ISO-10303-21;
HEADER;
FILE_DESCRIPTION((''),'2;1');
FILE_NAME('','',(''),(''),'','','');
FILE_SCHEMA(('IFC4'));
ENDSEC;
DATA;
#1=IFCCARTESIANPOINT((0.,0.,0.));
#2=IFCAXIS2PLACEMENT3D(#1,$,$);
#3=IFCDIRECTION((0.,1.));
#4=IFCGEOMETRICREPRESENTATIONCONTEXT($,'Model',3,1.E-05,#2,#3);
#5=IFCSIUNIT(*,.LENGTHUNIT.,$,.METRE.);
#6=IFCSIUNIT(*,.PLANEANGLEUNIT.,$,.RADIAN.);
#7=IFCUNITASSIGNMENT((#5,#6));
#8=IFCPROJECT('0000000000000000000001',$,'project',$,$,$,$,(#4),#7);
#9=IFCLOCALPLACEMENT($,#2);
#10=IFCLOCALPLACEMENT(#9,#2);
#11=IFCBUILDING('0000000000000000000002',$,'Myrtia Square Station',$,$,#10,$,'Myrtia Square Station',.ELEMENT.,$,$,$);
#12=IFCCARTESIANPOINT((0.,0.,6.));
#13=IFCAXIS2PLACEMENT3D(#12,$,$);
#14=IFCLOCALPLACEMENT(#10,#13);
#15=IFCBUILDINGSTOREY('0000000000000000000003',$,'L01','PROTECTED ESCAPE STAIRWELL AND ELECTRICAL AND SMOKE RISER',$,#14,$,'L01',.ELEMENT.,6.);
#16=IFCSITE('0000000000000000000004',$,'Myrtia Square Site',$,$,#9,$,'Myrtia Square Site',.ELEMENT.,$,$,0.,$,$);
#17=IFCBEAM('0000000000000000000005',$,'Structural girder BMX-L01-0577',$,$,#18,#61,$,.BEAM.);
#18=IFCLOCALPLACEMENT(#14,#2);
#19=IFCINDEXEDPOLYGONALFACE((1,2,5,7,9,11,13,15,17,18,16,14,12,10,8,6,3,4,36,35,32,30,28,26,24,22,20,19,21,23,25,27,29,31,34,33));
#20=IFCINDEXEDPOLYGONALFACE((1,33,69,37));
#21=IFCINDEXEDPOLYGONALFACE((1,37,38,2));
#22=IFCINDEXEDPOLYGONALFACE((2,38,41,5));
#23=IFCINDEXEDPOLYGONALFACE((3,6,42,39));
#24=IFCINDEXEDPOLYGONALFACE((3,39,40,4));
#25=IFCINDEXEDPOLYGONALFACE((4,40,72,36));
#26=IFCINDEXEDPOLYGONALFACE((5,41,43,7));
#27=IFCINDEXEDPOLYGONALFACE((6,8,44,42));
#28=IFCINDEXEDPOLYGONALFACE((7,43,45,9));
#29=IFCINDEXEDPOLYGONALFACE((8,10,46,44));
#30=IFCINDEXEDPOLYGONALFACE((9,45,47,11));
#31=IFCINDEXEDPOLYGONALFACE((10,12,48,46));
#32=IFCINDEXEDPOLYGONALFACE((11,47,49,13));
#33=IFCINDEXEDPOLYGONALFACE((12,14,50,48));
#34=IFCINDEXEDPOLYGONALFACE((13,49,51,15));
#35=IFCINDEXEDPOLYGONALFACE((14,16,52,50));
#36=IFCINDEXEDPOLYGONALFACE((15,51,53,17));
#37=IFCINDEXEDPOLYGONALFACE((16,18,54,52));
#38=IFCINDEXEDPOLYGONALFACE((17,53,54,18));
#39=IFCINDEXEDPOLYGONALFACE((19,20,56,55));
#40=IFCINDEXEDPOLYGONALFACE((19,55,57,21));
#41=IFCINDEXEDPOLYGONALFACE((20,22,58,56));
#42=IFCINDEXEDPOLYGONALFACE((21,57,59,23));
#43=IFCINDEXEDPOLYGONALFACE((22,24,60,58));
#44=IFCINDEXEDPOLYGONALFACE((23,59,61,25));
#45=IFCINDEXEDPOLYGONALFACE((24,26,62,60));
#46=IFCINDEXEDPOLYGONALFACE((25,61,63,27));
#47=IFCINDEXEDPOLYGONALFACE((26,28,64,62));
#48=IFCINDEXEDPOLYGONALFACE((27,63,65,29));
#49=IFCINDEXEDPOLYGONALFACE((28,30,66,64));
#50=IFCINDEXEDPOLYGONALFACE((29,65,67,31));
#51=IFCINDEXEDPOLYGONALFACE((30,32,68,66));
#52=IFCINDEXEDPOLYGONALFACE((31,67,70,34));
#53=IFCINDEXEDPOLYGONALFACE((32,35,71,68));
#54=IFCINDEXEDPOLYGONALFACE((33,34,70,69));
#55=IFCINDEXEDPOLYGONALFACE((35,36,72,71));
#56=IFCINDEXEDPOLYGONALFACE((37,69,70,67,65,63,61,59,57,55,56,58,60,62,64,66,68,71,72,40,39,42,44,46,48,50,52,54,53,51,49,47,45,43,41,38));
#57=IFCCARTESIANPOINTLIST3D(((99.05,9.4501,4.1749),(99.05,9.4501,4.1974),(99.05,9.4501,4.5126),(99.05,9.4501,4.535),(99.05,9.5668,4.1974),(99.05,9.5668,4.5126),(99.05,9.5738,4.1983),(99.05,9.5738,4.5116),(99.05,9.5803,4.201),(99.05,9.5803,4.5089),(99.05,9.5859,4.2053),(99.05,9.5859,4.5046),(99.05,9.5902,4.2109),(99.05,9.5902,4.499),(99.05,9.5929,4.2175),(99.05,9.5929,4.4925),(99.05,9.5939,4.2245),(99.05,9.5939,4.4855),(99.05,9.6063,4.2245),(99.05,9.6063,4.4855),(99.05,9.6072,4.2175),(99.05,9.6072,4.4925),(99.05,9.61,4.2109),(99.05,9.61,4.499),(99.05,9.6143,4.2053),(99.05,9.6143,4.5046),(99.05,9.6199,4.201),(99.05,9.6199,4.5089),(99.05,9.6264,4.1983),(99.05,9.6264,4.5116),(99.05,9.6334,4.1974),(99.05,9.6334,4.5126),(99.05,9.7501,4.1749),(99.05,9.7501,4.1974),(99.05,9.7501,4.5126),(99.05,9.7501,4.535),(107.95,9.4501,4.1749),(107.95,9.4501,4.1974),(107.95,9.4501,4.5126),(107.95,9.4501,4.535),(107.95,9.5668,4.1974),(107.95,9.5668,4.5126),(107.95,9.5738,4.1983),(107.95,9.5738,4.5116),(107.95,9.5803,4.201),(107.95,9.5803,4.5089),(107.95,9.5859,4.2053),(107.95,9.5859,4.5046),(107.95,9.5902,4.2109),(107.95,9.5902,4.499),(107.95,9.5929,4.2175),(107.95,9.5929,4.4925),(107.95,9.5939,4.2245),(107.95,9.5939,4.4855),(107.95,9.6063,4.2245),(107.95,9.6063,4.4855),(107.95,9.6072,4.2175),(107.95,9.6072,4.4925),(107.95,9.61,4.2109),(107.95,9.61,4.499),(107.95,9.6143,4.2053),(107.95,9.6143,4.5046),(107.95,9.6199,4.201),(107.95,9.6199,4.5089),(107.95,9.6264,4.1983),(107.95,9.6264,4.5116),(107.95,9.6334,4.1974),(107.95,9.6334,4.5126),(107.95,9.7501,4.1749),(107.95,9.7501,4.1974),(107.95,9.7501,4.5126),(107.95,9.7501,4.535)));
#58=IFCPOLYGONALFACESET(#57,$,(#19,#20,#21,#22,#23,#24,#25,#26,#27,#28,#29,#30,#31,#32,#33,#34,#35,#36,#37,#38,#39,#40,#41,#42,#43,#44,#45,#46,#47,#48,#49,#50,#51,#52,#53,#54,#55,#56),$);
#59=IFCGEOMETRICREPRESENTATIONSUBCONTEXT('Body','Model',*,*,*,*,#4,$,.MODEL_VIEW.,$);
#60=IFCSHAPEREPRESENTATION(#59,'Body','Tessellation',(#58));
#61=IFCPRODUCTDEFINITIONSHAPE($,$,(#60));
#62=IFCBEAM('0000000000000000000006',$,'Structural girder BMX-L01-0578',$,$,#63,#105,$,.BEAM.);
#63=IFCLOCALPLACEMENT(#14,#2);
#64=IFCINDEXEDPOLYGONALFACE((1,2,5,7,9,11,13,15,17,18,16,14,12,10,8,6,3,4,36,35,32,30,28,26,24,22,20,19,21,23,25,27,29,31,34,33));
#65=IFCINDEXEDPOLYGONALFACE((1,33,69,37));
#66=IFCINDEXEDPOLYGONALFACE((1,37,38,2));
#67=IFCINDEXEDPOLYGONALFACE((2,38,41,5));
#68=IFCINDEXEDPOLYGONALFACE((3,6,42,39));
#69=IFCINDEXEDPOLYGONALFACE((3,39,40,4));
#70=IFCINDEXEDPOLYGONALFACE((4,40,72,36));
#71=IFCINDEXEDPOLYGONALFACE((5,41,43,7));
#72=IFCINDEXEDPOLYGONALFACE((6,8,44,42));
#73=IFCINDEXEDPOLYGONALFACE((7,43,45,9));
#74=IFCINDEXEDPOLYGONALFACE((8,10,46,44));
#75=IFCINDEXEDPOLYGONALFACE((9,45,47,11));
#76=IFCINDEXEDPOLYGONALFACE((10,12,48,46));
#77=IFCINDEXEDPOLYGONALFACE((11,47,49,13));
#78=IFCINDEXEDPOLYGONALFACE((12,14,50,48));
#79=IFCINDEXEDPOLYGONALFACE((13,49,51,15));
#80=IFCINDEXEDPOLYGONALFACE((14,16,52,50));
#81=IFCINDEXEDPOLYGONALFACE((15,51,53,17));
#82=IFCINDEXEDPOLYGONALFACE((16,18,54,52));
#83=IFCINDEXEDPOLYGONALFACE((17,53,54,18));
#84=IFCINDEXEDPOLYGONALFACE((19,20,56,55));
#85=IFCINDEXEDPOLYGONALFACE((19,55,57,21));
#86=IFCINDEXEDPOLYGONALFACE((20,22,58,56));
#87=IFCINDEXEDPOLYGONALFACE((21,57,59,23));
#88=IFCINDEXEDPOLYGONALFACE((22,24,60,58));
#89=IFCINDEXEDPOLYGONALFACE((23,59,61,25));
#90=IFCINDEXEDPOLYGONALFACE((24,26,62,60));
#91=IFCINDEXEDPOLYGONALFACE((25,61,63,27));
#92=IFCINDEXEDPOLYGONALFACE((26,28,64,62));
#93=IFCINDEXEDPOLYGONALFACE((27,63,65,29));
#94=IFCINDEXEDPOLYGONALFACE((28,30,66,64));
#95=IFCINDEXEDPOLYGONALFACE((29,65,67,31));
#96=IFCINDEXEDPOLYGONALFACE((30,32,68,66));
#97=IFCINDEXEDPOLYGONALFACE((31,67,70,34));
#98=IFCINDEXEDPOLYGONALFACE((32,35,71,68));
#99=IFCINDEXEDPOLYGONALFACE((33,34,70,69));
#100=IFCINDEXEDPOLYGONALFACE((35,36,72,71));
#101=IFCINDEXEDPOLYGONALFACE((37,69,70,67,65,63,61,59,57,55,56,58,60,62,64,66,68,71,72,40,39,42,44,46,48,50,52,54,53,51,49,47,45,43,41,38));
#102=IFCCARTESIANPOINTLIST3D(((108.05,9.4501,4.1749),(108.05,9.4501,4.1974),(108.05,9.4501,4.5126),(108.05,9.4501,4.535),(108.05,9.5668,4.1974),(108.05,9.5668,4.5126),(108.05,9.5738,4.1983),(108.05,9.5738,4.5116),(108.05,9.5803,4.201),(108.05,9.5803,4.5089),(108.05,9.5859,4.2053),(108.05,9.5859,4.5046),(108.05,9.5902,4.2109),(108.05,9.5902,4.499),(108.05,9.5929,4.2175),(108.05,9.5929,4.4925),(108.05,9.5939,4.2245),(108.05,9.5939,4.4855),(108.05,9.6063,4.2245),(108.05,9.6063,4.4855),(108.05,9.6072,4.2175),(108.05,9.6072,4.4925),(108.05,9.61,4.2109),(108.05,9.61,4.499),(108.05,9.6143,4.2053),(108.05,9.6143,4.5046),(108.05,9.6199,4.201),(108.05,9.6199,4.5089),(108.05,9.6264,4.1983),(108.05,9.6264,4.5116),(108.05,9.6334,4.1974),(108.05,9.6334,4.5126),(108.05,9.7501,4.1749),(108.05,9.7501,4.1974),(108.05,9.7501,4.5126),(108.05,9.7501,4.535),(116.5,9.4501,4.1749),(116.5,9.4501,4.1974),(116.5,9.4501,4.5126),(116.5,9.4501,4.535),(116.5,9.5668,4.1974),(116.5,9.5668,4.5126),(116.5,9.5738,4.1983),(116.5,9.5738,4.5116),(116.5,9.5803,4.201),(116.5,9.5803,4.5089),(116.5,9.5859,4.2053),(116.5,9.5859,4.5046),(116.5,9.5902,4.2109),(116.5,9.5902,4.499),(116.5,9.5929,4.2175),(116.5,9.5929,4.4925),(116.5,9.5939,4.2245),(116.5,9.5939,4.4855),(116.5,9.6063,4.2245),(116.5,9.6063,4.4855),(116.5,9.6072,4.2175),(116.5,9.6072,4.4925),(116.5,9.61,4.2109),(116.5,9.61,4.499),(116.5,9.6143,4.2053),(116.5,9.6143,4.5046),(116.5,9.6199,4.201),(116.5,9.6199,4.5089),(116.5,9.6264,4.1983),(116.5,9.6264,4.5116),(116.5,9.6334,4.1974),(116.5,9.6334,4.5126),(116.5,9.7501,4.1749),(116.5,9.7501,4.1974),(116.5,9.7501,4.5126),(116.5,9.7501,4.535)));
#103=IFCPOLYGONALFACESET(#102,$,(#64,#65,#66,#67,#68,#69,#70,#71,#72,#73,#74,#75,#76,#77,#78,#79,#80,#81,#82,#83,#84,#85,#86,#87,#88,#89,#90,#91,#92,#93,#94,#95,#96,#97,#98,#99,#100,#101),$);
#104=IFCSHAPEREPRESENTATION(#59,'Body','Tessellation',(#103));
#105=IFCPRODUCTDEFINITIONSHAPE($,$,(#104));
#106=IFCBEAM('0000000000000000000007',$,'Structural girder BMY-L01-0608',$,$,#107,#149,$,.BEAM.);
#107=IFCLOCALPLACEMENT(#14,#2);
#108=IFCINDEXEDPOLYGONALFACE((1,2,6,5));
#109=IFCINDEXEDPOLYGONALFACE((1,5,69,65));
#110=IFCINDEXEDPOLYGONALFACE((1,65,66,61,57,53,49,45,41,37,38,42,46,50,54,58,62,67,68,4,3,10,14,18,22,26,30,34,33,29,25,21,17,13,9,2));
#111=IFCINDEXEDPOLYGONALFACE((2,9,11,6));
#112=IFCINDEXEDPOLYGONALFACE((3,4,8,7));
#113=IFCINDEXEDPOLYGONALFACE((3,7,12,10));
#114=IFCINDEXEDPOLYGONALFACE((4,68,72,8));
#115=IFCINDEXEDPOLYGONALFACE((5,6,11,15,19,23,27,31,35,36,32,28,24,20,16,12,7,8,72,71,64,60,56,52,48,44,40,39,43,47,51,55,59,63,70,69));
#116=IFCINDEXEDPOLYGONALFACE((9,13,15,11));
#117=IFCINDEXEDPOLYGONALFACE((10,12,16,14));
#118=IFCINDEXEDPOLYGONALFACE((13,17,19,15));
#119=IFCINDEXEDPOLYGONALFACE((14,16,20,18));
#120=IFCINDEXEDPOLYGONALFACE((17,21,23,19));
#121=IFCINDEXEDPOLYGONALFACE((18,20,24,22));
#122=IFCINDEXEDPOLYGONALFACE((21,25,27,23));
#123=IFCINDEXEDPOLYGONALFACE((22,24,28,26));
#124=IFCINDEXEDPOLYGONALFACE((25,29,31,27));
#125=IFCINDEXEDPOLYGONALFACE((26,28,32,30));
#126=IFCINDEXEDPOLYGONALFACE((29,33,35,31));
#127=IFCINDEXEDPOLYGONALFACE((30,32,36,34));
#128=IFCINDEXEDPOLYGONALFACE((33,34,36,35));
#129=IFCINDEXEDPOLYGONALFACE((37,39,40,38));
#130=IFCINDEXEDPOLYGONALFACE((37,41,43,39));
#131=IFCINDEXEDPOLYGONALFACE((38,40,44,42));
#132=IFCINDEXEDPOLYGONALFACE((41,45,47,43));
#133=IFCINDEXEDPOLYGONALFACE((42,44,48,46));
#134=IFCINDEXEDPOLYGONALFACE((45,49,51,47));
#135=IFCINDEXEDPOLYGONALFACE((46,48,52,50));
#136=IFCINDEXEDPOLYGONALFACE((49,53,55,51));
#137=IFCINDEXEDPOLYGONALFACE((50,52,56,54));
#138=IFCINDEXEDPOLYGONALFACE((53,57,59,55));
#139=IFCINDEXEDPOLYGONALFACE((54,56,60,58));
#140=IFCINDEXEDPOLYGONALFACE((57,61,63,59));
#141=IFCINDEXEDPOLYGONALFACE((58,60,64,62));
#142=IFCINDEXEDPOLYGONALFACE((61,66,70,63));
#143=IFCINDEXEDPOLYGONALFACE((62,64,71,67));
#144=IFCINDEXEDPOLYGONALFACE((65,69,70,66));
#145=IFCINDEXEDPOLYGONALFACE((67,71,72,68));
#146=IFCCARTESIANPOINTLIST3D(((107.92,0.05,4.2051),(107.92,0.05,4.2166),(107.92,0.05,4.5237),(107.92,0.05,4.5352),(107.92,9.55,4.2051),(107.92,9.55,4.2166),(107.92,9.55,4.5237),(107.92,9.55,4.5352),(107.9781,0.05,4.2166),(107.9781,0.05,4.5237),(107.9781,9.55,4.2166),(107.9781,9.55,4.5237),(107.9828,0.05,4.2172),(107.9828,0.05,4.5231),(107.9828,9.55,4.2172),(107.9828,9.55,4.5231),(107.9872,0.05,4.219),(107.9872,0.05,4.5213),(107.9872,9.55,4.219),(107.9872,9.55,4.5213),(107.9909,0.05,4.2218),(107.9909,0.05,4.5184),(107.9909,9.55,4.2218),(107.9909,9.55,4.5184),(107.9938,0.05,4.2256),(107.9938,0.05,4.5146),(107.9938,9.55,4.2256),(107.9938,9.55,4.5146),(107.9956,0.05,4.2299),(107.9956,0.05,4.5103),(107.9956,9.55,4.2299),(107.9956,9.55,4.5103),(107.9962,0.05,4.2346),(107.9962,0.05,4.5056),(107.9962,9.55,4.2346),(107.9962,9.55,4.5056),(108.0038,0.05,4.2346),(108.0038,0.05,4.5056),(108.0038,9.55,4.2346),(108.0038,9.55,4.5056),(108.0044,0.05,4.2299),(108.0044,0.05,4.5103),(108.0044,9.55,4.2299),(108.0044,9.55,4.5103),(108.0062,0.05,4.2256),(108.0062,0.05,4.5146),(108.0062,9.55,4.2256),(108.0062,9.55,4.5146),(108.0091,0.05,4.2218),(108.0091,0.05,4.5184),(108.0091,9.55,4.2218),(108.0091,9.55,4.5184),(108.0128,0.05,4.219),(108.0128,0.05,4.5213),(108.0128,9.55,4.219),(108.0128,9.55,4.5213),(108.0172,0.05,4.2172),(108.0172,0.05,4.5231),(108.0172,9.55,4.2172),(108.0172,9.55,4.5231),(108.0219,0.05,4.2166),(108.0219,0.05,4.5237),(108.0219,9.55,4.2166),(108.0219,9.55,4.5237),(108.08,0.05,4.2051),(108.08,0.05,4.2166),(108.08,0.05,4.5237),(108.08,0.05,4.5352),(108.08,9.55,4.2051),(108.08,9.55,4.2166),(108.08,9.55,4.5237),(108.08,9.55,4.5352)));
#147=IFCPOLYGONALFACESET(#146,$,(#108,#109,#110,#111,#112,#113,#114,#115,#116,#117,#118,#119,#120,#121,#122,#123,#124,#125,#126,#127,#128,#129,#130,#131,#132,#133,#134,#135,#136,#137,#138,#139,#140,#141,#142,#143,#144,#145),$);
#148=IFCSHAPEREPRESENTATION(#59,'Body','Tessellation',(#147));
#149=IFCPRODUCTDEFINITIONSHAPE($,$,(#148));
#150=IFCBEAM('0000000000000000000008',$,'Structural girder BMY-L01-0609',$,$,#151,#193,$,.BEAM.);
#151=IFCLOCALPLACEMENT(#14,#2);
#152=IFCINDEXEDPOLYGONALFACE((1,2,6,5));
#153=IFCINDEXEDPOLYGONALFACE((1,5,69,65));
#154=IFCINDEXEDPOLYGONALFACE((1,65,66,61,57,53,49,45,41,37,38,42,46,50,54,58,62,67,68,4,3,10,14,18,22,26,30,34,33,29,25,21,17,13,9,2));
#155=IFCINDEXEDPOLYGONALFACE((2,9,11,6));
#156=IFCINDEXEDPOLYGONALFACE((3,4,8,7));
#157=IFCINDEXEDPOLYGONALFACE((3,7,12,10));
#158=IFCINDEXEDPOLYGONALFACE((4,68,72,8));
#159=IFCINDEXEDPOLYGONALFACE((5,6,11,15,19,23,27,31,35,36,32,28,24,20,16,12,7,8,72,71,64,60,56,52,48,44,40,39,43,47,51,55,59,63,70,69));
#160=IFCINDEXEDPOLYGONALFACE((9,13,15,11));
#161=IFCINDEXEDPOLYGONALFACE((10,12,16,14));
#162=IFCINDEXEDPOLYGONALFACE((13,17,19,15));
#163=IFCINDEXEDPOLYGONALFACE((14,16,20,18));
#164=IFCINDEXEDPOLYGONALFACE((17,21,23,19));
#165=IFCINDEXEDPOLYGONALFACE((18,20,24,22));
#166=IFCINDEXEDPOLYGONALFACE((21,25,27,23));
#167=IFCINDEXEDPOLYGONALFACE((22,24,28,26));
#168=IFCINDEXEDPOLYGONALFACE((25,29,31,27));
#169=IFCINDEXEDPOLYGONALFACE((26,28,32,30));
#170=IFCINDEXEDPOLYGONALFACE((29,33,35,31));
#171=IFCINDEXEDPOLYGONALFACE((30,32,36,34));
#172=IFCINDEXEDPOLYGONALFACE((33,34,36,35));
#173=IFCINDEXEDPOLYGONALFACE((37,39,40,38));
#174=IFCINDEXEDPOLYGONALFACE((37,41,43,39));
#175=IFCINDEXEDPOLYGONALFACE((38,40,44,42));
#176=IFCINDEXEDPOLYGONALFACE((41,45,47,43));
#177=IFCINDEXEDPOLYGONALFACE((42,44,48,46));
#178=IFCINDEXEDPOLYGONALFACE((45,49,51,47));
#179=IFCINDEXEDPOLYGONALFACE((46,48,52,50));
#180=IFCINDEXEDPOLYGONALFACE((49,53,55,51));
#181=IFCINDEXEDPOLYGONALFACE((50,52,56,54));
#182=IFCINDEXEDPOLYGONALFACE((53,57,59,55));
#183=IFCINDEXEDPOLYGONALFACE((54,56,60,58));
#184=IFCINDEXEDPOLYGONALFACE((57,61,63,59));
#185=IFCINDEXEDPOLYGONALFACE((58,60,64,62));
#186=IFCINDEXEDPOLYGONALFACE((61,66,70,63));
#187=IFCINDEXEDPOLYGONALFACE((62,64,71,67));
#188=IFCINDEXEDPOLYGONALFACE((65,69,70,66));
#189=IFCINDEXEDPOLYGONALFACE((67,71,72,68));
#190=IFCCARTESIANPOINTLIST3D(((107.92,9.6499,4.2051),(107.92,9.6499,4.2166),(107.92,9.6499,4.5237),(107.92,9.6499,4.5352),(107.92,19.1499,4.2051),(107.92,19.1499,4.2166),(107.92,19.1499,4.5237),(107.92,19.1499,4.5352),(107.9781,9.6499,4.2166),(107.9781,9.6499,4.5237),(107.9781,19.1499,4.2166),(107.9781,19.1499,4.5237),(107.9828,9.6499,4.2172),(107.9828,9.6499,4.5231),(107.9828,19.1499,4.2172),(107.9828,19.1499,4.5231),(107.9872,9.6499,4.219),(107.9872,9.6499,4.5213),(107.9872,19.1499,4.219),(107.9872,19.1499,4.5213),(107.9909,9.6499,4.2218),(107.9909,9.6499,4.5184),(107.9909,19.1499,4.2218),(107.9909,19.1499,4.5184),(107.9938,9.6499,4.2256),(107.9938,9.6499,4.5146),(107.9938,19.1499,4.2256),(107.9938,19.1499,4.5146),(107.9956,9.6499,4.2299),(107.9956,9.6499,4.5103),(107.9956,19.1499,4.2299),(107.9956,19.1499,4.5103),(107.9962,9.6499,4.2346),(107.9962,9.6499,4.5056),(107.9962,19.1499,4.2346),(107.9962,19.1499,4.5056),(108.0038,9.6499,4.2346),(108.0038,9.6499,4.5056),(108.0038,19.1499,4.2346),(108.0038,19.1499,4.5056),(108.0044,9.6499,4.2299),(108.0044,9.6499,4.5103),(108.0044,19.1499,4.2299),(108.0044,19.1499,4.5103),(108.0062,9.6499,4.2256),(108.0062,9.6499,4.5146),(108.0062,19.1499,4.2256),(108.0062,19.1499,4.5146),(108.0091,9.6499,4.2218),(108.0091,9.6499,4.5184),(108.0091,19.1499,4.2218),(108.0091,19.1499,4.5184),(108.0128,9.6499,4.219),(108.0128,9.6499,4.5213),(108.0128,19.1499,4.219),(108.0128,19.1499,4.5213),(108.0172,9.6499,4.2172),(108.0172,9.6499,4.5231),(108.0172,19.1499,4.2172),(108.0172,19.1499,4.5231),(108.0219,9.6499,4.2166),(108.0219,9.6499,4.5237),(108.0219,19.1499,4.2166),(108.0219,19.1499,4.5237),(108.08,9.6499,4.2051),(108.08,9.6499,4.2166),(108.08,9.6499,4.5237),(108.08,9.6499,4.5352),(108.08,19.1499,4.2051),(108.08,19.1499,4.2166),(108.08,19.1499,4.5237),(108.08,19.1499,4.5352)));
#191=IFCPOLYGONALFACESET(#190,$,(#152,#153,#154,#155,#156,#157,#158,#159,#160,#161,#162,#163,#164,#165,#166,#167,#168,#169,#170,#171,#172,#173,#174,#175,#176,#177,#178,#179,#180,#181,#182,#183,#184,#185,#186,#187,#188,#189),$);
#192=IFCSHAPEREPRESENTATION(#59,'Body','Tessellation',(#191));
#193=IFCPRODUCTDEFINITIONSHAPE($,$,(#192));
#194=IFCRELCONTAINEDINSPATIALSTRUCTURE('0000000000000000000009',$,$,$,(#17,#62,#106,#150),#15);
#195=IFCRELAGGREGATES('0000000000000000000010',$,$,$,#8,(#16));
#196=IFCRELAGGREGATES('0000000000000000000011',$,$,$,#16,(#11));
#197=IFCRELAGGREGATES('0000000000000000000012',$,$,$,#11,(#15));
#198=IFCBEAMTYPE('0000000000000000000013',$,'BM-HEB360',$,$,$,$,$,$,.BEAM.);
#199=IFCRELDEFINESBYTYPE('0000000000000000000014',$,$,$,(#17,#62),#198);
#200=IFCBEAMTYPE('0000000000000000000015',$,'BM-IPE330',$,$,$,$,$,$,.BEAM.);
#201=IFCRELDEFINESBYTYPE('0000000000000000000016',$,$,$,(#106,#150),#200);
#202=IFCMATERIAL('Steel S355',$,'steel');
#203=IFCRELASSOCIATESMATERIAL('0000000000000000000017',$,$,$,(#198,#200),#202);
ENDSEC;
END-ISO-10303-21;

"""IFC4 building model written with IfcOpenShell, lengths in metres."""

from ifc_helpers import new_model, si_unit, direction, frame, origin, origin_2d, place, context, subcontext, project, spatial, i_section, extrude, material, material_profile, profile_set, type_object, element, save


model = new_model("IFC4")

# Units and contexts
model_context = context("Model", 3, precision=1e-05, world=origin(), true_north=direction((0.0, 1.0)))
body_context = subcontext(model_context, "Body", "Model", "MODEL_VIEW")
ifc_project = project(units=[si_unit("LENGTHUNIT", "METRE"), si_unit("PLANEANGLEUNIT", "RADIAN")], contexts=[model_context])

# Site, building, storey
site_placement = place(None, origin())
site = spatial("IfcSite", under=ifc_project, at=site_placement, Name="Myrtia Square Site", LongName="Myrtia Square Site", CompositionType="ELEMENT", RefElevation=0.0)
building_placement = place(site_placement, origin())
building = spatial("IfcBuilding", under=site, at=building_placement, Name="Myrtia Square Station", LongName="Myrtia Square Station", CompositionType="ELEMENT")
storey_placement = place(building_placement, frame((0.0, 0.0, 6.0)))
storey = spatial("IfcBuildingStorey", under=building, at=storey_placement, Name="L01", Description="PROTECTED ESCAPE STAIRWELL AND ELECTRICAL AND SMOKE RISER", LongName="L01", CompositionType="ELEMENT", Elevation=6.0)

# Shared definitions
ifc_material_1 = material(Name="Steel S355", Category="steel")

# Beams
ifc_material_profile_1 = material_profile(ifc_material_1, i_section(OverallWidth=0.3, OverallDepth=0.3601, WebThickness=0.0125, FlangeThickness=0.0225, FilletRadius=0.0271, at=origin_2d()), Name="HEB 360")
ifc_profile_set_1 = profile_set([ifc_material_profile_1], Name="Steel S355")
beam_type_1 = type_object("IfcBeamType", Name="BM-HEB360", PredefinedType="BEAM", material=ifc_profile_set_1)
beam_1_placement = place(storey_placement, frame((99.05, 9.6001, 4.355), z_axis=(1.0, 0.0, 0.0), x_axis=(0.0, 1.0, 0.0)))
element("IfcBeam", 1, at=beam_1_placement, inside=storey, type_object=beam_type_1, Name="Structural girder BMX-L01-0577", PredefinedType="BEAM", context=body_context, shape_type="SweptSolid", body=[
    extrude(i_section(OverallWidth=0.3, OverallDepth=0.3601, WebThickness=0.0125, FlangeThickness=0.0225, FilletRadius=0.0271, at=origin_2d()), origin(), (0.0, 0.0, 1.0), 8.8999),
])
beam_2_placement = place(storey_placement, frame((108.05, 9.6001, 4.355), z_axis=(1.0, 0.0, 0.0), x_axis=(0.0, 1.0, 0.0)))
element("IfcBeam", 2, at=beam_2_placement, inside=storey, type_object=beam_type_1, Name="Structural girder BMX-L01-0578", PredefinedType="BEAM", context=body_context, shape_type="SweptSolid", body=[
    extrude(i_section(OverallWidth=0.3, OverallDepth=0.3601, WebThickness=0.0125, FlangeThickness=0.0225, FilletRadius=0.0271, at=origin_2d()), origin(), (0.0, 0.0, 1.0), 8.45),
])
ifc_material_profile_2 = material_profile(ifc_material_1, i_section(OverallWidth=0.1599, OverallDepth=0.3301, WebThickness=0.0076, FlangeThickness=0.0115, FilletRadius=0.0181, at=origin_2d()), Name="IPE 330")
ifc_profile_set_2 = profile_set([ifc_material_profile_2], Name="Steel S355")
beam_type_2 = type_object("IfcBeamType", Name="BM-IPE330", PredefinedType="BEAM", material=ifc_profile_set_2)
for number, where, z_axis, x_axis, name in (
    (3, (108.0, 0.05, 4.3701), (0.0, 1.0, 0.0), (-1.0, 0.0, 0.0), "Structural girder BMY-L01-0608"),
    (4, (108.0, 9.6499, 4.3701), (0.0, 1.0, 0.0), (-1.0, 0.0, 0.0), "Structural girder BMY-L01-0609"),
):
    element("IfcBeam", number, at=place(storey_placement, frame(where, z_axis=z_axis, x_axis=x_axis)), inside=storey, type_object=beam_type_2, Name=name, PredefinedType="BEAM", context=body_context, shape_type="SweptSolid", body=[
        extrude(i_section(OverallWidth=0.1599, OverallDepth=0.3301, WebThickness=0.0076, FlangeThickness=0.0115, FilletRadius=0.0181, at=origin_2d()), origin(), (0.0, 0.0, 1.0), 9.5),
    ])

save(model, "model.ifc")
